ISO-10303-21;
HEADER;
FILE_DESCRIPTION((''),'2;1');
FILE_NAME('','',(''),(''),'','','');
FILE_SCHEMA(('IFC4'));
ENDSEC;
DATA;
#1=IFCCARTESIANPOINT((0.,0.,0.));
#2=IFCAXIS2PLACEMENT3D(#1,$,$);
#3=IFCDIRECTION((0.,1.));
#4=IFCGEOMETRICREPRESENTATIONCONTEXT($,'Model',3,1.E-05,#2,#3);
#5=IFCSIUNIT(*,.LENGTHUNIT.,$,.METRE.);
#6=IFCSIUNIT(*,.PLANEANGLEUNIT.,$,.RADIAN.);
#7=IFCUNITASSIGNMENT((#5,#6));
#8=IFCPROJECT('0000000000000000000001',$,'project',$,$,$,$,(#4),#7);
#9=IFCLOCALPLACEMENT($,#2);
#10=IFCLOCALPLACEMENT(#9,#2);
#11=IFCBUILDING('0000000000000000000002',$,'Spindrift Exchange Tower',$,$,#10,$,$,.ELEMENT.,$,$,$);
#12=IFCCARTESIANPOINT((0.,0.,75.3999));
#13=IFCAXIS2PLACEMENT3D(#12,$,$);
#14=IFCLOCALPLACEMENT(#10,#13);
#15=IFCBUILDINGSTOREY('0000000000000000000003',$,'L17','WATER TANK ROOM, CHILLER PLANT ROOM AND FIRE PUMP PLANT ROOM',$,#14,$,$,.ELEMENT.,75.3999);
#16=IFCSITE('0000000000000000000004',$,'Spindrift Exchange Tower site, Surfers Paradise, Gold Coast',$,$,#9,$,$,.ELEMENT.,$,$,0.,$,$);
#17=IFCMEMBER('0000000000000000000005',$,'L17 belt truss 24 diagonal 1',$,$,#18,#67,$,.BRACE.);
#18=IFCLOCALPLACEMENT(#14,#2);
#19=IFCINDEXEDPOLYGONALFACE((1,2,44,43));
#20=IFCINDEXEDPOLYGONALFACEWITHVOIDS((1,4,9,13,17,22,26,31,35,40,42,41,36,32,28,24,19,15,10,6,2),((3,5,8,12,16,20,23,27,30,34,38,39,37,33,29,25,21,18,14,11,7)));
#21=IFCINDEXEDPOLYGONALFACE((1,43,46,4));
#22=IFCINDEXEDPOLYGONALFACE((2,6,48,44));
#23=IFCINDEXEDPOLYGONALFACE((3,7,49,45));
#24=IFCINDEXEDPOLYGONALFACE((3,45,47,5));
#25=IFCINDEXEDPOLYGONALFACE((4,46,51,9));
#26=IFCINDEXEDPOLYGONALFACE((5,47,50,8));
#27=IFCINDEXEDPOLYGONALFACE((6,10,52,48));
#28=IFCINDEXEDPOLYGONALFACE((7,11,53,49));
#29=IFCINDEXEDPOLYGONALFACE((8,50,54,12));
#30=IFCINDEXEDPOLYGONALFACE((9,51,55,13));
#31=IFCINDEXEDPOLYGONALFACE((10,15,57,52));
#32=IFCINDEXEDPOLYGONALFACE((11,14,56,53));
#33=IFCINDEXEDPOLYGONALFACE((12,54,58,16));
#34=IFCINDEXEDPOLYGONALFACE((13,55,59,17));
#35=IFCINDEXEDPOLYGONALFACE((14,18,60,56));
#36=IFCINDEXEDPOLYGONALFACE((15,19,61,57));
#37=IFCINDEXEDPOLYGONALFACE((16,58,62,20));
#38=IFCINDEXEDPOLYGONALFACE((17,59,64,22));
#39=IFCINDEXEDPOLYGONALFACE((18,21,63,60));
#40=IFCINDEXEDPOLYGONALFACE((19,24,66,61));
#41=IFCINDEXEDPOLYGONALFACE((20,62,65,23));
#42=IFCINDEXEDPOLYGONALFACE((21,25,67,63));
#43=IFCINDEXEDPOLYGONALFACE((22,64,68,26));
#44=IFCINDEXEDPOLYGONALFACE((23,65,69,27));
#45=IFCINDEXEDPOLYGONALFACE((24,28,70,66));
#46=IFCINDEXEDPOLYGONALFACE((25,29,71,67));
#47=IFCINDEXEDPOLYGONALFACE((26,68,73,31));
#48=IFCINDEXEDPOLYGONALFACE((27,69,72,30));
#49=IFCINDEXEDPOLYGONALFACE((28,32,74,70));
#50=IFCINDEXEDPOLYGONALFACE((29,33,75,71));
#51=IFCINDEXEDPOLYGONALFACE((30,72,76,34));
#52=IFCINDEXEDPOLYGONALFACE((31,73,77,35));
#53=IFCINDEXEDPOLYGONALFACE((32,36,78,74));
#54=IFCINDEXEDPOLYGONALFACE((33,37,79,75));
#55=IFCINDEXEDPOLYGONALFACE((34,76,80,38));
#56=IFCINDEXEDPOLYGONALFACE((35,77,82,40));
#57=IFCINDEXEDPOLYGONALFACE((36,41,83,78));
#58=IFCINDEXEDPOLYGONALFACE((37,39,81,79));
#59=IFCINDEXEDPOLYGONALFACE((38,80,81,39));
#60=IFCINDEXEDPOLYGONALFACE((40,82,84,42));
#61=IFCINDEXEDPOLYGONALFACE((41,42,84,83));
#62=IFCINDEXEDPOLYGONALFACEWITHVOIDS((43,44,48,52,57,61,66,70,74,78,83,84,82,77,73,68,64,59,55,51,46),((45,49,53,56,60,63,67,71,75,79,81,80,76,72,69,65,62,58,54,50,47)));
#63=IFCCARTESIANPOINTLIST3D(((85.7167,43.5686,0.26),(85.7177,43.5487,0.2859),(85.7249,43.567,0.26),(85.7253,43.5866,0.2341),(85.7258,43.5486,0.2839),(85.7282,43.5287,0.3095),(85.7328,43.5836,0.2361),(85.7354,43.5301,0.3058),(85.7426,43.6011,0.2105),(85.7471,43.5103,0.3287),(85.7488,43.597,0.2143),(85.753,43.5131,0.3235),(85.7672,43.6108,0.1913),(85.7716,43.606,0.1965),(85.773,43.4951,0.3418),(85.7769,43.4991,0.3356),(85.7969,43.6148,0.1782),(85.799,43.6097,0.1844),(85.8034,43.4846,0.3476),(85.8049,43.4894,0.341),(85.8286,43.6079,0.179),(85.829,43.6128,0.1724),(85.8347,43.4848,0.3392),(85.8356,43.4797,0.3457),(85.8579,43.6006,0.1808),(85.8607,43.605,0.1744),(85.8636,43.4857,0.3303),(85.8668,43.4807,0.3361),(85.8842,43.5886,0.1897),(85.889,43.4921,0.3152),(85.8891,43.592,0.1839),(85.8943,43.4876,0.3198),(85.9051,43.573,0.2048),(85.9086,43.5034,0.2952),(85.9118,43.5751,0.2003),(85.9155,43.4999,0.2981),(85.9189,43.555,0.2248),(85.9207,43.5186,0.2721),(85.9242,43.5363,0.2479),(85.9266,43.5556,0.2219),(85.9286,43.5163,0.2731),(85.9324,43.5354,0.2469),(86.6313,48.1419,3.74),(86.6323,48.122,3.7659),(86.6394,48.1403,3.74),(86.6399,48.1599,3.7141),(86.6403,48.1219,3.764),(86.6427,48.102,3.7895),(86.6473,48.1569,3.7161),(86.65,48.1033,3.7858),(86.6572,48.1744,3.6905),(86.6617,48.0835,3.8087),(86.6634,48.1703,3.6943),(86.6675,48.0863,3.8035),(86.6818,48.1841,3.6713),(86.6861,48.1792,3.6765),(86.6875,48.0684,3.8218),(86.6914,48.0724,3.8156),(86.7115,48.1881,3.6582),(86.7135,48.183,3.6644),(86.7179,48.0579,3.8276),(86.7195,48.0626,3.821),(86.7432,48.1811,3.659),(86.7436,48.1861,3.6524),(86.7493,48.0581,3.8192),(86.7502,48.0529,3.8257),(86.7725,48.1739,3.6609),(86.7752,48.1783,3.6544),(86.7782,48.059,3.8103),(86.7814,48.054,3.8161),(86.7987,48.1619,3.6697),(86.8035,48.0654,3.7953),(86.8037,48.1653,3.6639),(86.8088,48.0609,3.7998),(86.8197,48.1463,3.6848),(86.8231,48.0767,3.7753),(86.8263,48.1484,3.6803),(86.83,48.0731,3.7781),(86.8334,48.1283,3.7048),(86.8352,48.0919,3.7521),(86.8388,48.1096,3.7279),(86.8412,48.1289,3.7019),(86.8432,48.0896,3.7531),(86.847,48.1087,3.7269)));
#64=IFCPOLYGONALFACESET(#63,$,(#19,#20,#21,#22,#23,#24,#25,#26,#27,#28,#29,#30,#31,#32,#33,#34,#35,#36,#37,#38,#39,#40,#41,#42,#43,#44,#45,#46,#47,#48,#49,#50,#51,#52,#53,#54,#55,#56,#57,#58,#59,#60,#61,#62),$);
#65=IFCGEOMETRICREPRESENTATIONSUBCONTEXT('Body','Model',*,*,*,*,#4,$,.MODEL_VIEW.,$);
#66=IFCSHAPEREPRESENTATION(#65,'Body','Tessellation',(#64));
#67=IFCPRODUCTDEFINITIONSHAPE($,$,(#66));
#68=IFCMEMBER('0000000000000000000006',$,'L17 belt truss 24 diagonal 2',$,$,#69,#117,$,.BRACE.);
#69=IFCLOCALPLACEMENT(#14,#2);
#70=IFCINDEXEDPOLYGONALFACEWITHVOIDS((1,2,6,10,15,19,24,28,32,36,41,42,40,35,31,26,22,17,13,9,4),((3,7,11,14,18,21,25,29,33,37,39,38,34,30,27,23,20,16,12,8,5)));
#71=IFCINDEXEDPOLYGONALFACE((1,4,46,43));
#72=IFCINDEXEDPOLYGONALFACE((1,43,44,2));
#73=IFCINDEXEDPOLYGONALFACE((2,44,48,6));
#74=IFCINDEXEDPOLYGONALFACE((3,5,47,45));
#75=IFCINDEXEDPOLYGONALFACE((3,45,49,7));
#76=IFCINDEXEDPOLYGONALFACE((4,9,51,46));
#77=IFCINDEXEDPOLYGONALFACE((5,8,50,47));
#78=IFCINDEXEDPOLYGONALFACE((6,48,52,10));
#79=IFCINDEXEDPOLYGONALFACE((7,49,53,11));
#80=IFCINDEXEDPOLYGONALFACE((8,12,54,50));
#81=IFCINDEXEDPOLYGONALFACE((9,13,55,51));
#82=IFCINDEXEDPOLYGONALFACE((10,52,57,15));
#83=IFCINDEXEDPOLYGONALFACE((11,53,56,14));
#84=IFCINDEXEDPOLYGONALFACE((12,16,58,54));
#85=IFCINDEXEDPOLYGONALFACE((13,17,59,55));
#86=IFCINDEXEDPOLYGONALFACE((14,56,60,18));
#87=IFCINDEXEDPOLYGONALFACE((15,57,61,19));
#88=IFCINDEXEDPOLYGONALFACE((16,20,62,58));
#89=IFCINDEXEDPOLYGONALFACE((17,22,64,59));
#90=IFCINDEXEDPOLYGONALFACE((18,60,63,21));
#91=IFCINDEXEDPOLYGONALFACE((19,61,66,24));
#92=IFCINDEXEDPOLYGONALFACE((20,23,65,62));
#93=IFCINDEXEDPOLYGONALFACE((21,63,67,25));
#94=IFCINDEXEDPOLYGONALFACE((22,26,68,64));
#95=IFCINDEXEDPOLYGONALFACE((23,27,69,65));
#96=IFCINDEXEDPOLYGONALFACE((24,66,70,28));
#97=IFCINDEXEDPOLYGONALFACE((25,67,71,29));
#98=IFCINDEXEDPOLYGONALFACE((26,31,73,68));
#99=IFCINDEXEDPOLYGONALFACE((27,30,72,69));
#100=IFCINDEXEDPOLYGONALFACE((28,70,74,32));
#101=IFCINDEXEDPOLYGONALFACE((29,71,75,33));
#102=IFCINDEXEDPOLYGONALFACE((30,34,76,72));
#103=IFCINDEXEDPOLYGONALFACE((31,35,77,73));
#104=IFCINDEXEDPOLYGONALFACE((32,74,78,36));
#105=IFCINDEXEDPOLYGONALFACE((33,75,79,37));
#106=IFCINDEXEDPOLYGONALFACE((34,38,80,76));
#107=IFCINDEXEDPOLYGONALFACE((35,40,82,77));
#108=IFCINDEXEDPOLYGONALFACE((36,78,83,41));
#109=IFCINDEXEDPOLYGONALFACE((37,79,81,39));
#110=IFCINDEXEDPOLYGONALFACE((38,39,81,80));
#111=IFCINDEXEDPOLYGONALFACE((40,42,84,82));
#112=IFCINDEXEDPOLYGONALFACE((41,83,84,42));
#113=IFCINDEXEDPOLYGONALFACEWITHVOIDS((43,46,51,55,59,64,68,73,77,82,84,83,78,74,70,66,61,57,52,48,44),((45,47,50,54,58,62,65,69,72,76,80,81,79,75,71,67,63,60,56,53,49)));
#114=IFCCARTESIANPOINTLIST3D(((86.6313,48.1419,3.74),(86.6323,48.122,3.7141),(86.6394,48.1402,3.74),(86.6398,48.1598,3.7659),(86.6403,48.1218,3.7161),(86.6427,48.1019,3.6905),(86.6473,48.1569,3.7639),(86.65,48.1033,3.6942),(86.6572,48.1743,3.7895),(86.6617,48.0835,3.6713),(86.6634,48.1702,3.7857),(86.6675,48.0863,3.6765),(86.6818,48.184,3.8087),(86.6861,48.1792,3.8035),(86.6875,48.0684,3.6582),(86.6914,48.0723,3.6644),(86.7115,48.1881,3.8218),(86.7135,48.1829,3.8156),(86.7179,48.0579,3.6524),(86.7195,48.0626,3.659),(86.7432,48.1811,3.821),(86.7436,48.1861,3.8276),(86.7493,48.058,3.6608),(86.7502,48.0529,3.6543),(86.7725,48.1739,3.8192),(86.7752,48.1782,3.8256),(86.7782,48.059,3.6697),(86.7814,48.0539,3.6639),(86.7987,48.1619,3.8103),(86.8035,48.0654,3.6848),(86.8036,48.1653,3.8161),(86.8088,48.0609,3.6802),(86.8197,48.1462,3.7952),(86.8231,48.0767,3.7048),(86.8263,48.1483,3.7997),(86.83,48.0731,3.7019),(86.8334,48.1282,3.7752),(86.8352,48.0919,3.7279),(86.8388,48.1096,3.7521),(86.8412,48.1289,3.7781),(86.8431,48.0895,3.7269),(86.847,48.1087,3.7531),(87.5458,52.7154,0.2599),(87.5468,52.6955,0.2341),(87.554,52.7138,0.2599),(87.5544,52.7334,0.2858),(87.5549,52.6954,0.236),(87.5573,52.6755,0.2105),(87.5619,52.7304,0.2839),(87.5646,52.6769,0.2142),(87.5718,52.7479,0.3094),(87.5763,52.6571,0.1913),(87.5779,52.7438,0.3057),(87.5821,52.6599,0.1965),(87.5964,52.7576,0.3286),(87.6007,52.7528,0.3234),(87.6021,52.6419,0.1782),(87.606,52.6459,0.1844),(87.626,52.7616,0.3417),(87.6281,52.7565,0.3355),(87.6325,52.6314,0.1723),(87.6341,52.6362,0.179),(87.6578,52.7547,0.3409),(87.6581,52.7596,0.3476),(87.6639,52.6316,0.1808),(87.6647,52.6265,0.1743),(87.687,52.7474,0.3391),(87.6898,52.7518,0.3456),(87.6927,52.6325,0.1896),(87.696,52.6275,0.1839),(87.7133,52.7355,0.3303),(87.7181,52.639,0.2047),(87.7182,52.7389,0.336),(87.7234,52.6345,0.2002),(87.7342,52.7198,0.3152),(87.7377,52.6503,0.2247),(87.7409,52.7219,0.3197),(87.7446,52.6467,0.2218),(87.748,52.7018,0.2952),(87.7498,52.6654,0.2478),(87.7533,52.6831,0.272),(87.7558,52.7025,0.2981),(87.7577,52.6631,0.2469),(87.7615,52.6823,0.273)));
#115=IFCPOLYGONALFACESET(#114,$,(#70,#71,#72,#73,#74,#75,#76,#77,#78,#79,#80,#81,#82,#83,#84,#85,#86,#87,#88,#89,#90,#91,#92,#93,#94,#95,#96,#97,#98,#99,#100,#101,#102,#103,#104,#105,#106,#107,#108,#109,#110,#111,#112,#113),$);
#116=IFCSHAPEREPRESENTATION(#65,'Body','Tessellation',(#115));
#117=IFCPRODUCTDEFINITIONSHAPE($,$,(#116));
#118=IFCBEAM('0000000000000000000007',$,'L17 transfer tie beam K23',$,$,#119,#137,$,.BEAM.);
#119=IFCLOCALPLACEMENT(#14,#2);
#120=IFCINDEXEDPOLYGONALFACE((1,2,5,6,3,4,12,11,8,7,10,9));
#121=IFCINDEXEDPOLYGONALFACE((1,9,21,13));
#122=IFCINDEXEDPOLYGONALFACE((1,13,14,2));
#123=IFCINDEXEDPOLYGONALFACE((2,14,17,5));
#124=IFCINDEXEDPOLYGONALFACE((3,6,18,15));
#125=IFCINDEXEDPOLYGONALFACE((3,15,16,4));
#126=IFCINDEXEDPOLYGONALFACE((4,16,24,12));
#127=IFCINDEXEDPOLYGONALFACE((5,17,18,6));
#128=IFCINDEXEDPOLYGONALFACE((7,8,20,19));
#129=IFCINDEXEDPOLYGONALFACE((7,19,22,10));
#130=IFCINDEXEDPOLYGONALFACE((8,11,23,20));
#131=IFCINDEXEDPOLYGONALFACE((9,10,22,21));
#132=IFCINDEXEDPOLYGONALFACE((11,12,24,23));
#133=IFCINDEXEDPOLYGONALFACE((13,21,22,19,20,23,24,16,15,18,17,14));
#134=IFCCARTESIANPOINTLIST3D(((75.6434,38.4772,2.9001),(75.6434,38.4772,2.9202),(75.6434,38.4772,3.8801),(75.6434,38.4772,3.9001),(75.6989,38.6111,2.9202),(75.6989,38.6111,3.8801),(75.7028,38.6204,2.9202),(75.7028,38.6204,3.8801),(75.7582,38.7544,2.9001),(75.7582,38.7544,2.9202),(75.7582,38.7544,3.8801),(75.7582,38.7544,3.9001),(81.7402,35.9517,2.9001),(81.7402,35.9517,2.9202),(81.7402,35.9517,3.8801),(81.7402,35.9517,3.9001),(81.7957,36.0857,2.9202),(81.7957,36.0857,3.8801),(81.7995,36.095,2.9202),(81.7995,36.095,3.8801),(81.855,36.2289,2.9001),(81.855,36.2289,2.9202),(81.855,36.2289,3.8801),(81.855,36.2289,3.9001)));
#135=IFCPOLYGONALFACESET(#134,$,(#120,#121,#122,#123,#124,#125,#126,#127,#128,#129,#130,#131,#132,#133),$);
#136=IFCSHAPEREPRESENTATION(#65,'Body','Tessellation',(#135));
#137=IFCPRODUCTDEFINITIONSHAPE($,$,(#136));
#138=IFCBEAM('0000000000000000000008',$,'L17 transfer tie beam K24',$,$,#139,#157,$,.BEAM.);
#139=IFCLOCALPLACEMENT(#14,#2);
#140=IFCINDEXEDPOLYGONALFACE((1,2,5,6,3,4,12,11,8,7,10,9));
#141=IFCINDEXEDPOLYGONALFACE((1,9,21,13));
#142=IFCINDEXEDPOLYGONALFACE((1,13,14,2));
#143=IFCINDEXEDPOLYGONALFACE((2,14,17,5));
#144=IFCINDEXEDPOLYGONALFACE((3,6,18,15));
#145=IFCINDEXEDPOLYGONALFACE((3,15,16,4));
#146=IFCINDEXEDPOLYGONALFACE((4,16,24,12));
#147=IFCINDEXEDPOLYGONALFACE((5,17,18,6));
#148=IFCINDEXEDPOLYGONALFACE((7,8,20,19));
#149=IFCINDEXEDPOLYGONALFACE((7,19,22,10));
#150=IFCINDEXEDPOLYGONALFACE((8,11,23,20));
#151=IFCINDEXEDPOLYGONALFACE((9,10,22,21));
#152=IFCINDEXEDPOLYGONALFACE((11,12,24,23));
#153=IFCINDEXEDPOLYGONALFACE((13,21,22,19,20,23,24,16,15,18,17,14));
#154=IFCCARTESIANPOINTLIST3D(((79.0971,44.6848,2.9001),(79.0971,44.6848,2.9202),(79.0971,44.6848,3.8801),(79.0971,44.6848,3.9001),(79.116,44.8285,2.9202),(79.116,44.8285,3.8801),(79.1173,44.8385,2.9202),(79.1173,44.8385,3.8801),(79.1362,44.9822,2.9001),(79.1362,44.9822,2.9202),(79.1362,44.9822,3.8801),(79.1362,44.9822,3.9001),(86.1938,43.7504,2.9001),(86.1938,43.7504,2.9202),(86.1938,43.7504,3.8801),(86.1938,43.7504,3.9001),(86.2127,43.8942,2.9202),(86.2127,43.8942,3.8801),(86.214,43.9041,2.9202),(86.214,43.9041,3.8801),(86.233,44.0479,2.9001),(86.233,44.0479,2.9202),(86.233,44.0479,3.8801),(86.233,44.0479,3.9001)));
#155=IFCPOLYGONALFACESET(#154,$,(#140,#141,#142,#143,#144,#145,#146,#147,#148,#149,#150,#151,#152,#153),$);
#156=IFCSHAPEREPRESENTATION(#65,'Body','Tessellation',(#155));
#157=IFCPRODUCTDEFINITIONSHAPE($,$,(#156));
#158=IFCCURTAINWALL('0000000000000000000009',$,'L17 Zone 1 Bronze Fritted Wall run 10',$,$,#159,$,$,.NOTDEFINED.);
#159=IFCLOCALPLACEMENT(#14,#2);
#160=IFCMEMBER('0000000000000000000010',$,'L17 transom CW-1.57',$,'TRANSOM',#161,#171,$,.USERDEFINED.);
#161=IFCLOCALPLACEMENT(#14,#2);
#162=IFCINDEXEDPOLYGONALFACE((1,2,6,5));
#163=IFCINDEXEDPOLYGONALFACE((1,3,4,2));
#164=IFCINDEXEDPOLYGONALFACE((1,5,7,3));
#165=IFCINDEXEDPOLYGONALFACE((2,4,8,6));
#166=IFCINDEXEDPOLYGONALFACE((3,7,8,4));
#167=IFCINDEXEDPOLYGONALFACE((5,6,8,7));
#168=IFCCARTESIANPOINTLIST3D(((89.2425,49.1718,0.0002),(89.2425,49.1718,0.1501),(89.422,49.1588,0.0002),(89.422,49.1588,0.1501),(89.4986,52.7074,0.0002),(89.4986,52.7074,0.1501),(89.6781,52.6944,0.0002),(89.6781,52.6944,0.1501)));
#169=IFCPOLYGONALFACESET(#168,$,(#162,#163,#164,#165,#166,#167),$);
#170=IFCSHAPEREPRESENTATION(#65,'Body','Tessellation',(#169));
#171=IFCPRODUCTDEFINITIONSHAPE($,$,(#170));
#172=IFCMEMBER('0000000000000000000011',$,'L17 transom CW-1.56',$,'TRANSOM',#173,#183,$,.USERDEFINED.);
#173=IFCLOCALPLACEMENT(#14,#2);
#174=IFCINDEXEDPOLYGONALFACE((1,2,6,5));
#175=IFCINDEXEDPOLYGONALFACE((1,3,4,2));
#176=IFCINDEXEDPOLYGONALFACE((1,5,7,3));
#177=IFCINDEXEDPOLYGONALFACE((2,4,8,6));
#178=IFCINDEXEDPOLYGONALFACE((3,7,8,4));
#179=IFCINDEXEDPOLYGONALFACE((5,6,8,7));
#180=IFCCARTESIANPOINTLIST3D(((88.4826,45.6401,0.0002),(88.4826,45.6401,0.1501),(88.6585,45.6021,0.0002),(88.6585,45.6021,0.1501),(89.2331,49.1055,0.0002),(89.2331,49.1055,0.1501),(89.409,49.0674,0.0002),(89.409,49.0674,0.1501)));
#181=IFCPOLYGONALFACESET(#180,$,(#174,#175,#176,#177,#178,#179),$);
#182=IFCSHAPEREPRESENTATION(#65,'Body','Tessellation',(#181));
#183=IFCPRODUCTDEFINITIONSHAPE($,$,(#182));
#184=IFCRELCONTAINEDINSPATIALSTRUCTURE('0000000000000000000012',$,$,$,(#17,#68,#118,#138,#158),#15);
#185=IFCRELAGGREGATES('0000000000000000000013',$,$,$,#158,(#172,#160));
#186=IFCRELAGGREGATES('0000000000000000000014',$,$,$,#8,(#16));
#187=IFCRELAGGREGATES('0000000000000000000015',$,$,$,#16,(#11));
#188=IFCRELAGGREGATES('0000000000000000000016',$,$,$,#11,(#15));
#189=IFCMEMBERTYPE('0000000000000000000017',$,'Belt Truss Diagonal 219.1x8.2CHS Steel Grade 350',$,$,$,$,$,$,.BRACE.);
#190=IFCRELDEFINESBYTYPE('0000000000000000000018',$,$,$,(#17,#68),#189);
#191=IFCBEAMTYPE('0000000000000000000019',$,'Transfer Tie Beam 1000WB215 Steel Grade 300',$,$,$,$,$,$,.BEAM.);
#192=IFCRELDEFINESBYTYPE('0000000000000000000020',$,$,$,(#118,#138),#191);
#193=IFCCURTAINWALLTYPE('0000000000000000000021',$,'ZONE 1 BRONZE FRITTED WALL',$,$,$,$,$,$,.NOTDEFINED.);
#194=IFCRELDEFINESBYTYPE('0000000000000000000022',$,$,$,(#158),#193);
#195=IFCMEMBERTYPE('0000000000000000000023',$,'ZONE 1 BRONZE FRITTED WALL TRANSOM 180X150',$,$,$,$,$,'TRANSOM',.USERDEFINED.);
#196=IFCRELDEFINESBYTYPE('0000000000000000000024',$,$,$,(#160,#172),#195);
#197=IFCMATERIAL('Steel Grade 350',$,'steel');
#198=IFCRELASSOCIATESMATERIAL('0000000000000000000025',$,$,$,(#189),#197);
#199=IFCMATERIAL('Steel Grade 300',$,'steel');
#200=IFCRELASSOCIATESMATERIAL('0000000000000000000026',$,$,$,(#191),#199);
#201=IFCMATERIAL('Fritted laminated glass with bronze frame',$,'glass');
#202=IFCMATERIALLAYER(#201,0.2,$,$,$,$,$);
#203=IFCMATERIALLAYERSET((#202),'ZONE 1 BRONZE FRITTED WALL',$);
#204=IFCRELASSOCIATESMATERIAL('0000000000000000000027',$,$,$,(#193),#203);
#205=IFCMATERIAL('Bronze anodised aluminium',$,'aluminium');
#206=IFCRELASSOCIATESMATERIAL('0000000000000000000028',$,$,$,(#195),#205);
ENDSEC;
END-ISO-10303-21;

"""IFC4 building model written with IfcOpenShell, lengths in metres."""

from ifc_helpers import new_model, si_unit, direction, frame, origin, origin_2d, place, context, subcontext, project, spatial, rectangle, hollow_circle, i_section, extrude, source, transform, mapped, material, layer, layer_set, material_profile, profile_set, type_object, element, aggregate, save


model = new_model("IFC4")

# Units and contexts
model_context = context("Model", 3, precision=1e-05, world=origin(), true_north=direction((0.0, 1.0)))
body_context = subcontext(model_context, "Body", "Model", "MODEL_VIEW")
ifc_project = project(units=[si_unit("LENGTHUNIT", "METRE"), si_unit("PLANEANGLEUNIT", "RADIAN")], contexts=[model_context])

# Site, building, storey
site_placement = place(None, origin())
site = spatial("IfcSite", under=ifc_project, at=site_placement, Name="Spindrift Exchange Tower site, Surfers Paradise, Gold Coast", CompositionType="ELEMENT", RefElevation=0.0)
building_placement = place(site_placement, origin())
building = spatial("IfcBuilding", under=site, at=building_placement, Name="Spindrift Exchange Tower", CompositionType="ELEMENT")
storey_placement = place(building_placement, frame((0.0, 0.0, 75.3999)))
storey = spatial("IfcBuildingStorey", under=building, at=storey_placement, Name="L17", Description="WATER TANK ROOM, CHILLER PLANT ROOM AND FIRE PUMP PLANT ROOM", CompositionType="ELEMENT", Elevation=75.3999)

# Shared definitions
ifc_material_1 = material(Name="Steel Grade 300", Category="steel")

# Members
ifc_material_2 = material(Name="Steel Grade 350", Category="steel")
ifc_material_profile_1 = material_profile(ifc_material_2, hollow_circle(Radius=0.1096, WallThickness=0.0083, at=origin_2d()), Name="219.1x8.2CHS")
ifc_profile_set_1 = profile_set([ifc_material_profile_1], Name="Steel Grade 350")
member_type_1 = type_object("IfcMemberType", Name="Belt Truss Diagonal 219.1x8.2CHS Steel Grade 350", PredefinedType="BRACE", material=ifc_profile_set_1)
shared_shape_1 = source(origin(), body_context, "Body", "SweptSolid", [
    extrude(hollow_circle(Radius=0.1096, WallThickness=0.0083, at=origin_2d()), origin(), (0.0, 0.0, 1.0), 5.8191),
])
member_1_placement = place(storey_placement, frame((85.8242, 43.5471, 0.26), z_axis=(0.157165, 0.78591, 0.598034), x_axis=(-0.980585, 0.196096, 0.0)))
element("IfcMember", 1, at=member_1_placement, inside=storey, type_object=member_type_1, Name="L17 belt truss 24 diagonal 1", PredefinedType="BRACE", context=body_context, shape_type="MappedRepresentation", body=[
    mapped(shared_shape_1, transform((0.0, 0.0, 0.0), scale=1.0)),
])
shared_shape_2 = source(origin(), body_context, "Body", "SweptSolid", [
    extrude(hollow_circle(Radius=0.1096, WallThickness=0.0083, at=origin_2d()), origin(), (0.0, 0.0, 1.0), 5.8193),
])
member_2_placement = place(storey_placement, frame((86.7388, 48.1204, 3.74), z_axis=(0.15716, 0.785926, -0.598014), x_axis=(-0.980587, 0.196086, 0.0)))
element("IfcMember", 2, at=member_2_placement, inside=storey, type_object=member_type_1, Name="L17 belt truss 24 diagonal 2", PredefinedType="BRACE", context=body_context, shape_type="MappedRepresentation", body=[
    mapped(shared_shape_2, transform((0.0, 0.0, 0.0), scale=1.0)),
])

# Beams
ifc_material_profile_2 = material_profile(ifc_material_1, i_section(OverallWidth=0.3, OverallDepth=1.0, WebThickness=0.01, FlangeThickness=0.02, at=origin_2d()), Name="1000WB215")
ifc_profile_set_2 = profile_set([ifc_material_profile_2], Name="Steel Grade 300")
beam_type_1 = type_object("IfcBeamType", Name="Transfer Tie Beam 1000WB215 Steel Grade 300", PredefinedType="BEAM", material=ifc_profile_set_2)
shared_shape_3 = source(origin(), body_context, "Body", "SweptSolid", [
    extrude(i_section(OverallWidth=0.3, OverallDepth=1.0, WebThickness=0.01, FlangeThickness=0.02, at=origin_2d()), origin(), (0.0, 0.0, 1.0), 6.5991),
])
beam_1_placement = place(storey_placement, frame((81.7976, 36.0903, 3.4001), z_axis=(-0.923876, 0.382692, 0.0), x_axis=(-0.382692, -0.923876, 0.0)))
element("IfcBeam", 3, at=beam_1_placement, inside=storey, type_object=beam_type_1, Name="L17 transfer tie beam K23", PredefinedType="BEAM", context=body_context, shape_type="MappedRepresentation", body=[
    mapped(shared_shape_3, transform((0.0, 0.0, 0.0), scale=1.0)),
])
shared_shape_4 = source(origin(), body_context, "Body", "SweptSolid", [
    extrude(i_section(OverallWidth=0.3, OverallDepth=1.0, WebThickness=0.01, FlangeThickness=0.02, at=origin_2d()), origin(), (0.0, 0.0, 1.0), 7.158),
])
beam_2_placement = place(storey_placement, frame((86.2134, 43.8992, 3.4001), z_axis=(-0.991444, 0.13053, 0.0), x_axis=(-0.13053, -0.991444, 0.0)))
element("IfcBeam", 4, at=beam_2_placement, inside=storey, type_object=beam_type_1, Name="L17 transfer tie beam K24", PredefinedType="BEAM", context=body_context, shape_type="MappedRepresentation", body=[
    mapped(shared_shape_4, transform((0.0, 0.0, 0.0), scale=1.0)),
])

# Curtain wall, members
ifc_material_3 = material(Name="Fritted laminated glass with bronze frame", Category="glass")
ifc_layer_1 = layer(ifc_material_3, 0.2)
ifc_layer_set_1 = layer_set([ifc_layer_1], Name="ZONE 1 BRONZE FRITTED WALL")
curtain_wall_type = type_object("IfcCurtainWallType", Name="ZONE 1 BRONZE FRITTED WALL", PredefinedType="NOTDEFINED", material=ifc_layer_set_1)
curtain_wall_1_placement = place(storey_placement, origin())
curtain_wall_1 = element("IfcCurtainWall", 5, at=curtain_wall_1_placement, inside=storey, type_object=curtain_wall_type, Name="L17 Zone 1 Bronze Fritted Wall run 10", PredefinedType="NOTDEFINED")
ifc_material_4 = material(Name="Bronze anodised aluminium", Category="aluminium")
ifc_material_profile_3 = material_profile(ifc_material_4, rectangle(XDim=0.1799, YDim=0.1499, at=origin_2d()), Name="ZONE 1 BRONZE FRITTED WALL TRANSOM 180X150")
ifc_profile_set_3 = profile_set([ifc_material_profile_3], Name="Bronze anodised aluminium")
member_type_2 = type_object("IfcMemberType", Name="ZONE 1 BRONZE FRITTED WALL TRANSOM 180X150", ElementType="TRANSOM", PredefinedType="USERDEFINED", material=ifc_profile_set_3)
shared_shape_5 = source(origin(), body_context, "Body", "SweptSolid", [
    extrude(rectangle(XDim=0.1799, YDim=0.1499, at=origin_2d()), origin(), (0.0, 0.0, 1.0), 3.5449),
])
member_3_placement = place(storey_placement, frame((89.3323, 49.1653, 0.0752), z_axis=(0.072245, 0.997387, 0.0), x_axis=(-0.997387, 0.072245, 0.0)))
member_3 = element("IfcMember", 6, at=member_3_placement, type_object=member_type_2, Name="L17 transom CW-1.57", ObjectType="TRANSOM", PredefinedType="USERDEFINED", context=body_context, shape_type="MappedRepresentation", body=[
    mapped(shared_shape_5, transform((0.0, 0.0, 0.0), scale=1.0)),
])
shared_shape_6 = source(origin(), body_context, "Body", "SweptSolid", [
    extrude(rectangle(XDim=0.1799, YDim=0.1499, at=origin_2d()), origin(), (0.0, 0.0, 1.0), 3.5457),
])
member_4_placement = place(storey_placement, frame((88.5706, 45.6211, 0.0752), z_axis=(0.211663, 0.977343, 0.0), x_axis=(-0.977343, 0.211663, 0.0)))
member_4 = element("IfcMember", 7, at=member_4_placement, type_object=member_type_2, Name="L17 transom CW-1.56", ObjectType="TRANSOM", PredefinedType="USERDEFINED", context=body_context, shape_type="MappedRepresentation", body=[
    mapped(shared_shape_6, transform((0.0, 0.0, 0.0), scale=1.0)),
])

aggregate(curtain_wall_1, [member_4, member_3])

save(model, "model.ifc")
